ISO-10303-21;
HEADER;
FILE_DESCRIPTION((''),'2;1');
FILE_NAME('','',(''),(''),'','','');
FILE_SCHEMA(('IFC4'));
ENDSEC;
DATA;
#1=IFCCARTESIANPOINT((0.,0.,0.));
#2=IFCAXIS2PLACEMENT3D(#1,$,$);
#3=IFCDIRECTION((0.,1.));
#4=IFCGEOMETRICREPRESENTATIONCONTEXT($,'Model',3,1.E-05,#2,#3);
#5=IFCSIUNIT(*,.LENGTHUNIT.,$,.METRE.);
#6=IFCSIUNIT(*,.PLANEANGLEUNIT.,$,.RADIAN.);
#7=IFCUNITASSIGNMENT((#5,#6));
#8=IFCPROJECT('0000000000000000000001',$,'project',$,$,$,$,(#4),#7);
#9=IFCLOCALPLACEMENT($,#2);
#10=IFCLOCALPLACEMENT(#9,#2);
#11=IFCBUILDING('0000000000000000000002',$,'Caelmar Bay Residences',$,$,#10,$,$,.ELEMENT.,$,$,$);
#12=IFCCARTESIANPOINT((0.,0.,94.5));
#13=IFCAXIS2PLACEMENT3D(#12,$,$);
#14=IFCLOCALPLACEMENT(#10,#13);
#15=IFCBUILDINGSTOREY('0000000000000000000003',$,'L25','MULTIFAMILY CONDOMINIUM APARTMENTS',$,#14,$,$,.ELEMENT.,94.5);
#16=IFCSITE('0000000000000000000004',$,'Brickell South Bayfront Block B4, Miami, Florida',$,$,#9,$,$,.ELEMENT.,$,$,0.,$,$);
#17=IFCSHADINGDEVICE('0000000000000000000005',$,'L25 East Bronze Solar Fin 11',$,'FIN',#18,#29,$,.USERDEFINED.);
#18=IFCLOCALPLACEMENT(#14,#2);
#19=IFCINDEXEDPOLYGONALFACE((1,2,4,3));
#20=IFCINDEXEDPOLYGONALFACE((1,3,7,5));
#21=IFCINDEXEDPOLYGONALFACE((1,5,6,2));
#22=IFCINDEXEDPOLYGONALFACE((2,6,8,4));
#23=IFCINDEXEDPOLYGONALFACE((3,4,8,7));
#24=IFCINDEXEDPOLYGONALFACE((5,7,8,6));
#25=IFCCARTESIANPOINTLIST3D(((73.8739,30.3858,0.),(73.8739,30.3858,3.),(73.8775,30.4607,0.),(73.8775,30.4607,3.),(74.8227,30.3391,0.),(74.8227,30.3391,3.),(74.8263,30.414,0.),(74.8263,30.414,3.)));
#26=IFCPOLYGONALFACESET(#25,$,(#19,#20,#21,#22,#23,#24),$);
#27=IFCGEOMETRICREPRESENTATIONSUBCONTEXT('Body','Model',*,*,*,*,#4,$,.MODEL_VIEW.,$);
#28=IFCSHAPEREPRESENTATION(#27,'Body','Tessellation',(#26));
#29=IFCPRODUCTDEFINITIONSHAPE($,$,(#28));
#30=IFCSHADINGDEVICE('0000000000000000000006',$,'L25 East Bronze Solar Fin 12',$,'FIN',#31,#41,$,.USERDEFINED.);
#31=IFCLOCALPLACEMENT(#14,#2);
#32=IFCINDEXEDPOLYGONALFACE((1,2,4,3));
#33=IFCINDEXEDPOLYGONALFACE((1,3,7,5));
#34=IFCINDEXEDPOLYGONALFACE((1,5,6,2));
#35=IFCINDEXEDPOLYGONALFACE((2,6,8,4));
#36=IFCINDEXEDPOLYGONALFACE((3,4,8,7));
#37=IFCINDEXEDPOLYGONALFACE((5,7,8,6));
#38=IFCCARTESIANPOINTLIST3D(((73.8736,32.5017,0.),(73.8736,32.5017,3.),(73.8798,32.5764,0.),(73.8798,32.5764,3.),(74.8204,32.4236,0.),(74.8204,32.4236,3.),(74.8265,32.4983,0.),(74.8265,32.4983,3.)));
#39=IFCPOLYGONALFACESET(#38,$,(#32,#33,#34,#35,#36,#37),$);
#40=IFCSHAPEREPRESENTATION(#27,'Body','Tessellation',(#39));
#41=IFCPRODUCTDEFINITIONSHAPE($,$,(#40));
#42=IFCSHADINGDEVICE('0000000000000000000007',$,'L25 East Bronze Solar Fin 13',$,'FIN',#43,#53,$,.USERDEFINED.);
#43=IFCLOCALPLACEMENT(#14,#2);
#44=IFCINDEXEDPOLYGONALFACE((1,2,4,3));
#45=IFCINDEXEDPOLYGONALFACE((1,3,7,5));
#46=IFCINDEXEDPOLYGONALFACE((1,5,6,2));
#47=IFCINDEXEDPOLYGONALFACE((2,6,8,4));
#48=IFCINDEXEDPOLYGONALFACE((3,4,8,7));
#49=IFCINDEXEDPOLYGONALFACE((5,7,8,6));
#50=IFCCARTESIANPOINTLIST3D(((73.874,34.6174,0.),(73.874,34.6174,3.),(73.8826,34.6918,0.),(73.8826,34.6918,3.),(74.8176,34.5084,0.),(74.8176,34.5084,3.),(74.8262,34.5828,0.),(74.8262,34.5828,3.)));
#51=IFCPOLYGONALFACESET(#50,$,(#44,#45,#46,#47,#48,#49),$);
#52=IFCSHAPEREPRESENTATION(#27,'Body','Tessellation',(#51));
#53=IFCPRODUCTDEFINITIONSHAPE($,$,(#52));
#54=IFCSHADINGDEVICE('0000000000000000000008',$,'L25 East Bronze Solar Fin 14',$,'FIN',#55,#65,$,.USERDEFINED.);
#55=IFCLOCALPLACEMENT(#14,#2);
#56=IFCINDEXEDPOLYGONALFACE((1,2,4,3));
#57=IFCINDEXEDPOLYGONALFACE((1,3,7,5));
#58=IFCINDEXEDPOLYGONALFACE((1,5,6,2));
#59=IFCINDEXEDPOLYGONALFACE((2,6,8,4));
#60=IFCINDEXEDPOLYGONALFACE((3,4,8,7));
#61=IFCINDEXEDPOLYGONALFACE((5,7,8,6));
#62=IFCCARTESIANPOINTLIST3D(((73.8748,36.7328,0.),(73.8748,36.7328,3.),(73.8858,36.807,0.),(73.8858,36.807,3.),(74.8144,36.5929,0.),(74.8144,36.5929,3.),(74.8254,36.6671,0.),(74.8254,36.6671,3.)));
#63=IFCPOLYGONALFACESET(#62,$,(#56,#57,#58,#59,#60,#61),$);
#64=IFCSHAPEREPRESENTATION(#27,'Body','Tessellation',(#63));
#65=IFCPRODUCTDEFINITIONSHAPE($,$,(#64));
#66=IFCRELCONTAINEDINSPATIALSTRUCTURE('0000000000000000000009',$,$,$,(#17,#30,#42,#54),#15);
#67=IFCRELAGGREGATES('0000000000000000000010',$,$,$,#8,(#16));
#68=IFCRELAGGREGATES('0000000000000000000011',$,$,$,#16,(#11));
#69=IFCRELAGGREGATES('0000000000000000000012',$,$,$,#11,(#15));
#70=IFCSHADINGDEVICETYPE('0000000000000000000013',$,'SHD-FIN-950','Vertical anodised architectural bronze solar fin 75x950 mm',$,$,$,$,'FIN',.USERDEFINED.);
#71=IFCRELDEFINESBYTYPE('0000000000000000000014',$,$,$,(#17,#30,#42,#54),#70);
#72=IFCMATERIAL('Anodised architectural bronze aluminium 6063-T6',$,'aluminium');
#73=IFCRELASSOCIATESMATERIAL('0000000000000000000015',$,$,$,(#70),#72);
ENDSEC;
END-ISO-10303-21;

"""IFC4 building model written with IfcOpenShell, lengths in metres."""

from ifc_helpers import new_model, si_unit, direction, frame, origin, origin_2d, place, context, subcontext, project, spatial, rectangle, extrude, material, material_profile, profile_set, type_object, element, save


model = new_model("IFC4")

# Units and contexts
model_context = context("Model", 3, precision=1e-05, world=origin(), true_north=direction((0.0, 1.0)))
body_context = subcontext(model_context, "Body", "Model", "MODEL_VIEW")
ifc_project = project(units=[si_unit("LENGTHUNIT", "METRE"), si_unit("PLANEANGLEUNIT", "RADIAN")], contexts=[model_context])

# Site, building, storey
site_placement = place(None, origin())
site = spatial("IfcSite", under=ifc_project, at=site_placement, Name="Brickell South Bayfront Block B4, Miami, Florida", CompositionType="ELEMENT", RefElevation=0.0)
building_placement = place(site_placement, origin())
building = spatial("IfcBuilding", under=site, at=building_placement, Name="Caelmar Bay Residences", CompositionType="ELEMENT")
storey_placement = place(building_placement, frame((0.0, 0.0, 94.5)))
storey = spatial("IfcBuildingStorey", under=building, at=storey_placement, Name="L25", Description="MULTIFAMILY CONDOMINIUM APARTMENTS", CompositionType="ELEMENT", Elevation=94.5)

# Shading devices
ifc_material_1 = material(Name="Anodised architectural bronze aluminium 6063-T6", Category="aluminium")
ifc_material_profile_1 = material_profile(ifc_material_1, rectangle(XDim=0.075, YDim=0.95, at=origin_2d()), Name="BRONZE-FIN-75X950")
ifc_profile_set_1 = profile_set([ifc_material_profile_1], Name="Anodised architectural bronze aluminium 6063-T6")
shading_device_type = type_object("IfcShadingDeviceType", Name="SHD-FIN-950", Description="Vertical anodised architectural bronze solar fin 75x950 mm", ElementType="FIN", PredefinedType="USERDEFINED", material=ifc_profile_set_1)
for number, where, z_axis, x_axis, name in (
    (1, (74.3501, 30.3999, 0.0), (0.0, 0.0, 1.0), (0.049198, 0.998789, 0.0), "L25 East Bronze Solar Fin 11"),
    (2, (74.3501, 32.5, 0.0), (0.0, 0.0, 1.0), (0.082112, 0.996623, 0.0), "L25 East Bronze Solar Fin 12"),
    (3, (74.3501, 34.6001, 0.0), (0.0, 0.0, 1.0), (0.114764, 0.993393, 0.0), "L25 East Bronze Solar Fin 13"),
    (4, (74.3501, 36.7, 0.0), (0.0, 0.0, 1.0), (0.147292, 0.989093, 0.0), "L25 East Bronze Solar Fin 14"),
):
    element("IfcShadingDevice", number, at=place(storey_placement, frame(where, z_axis=z_axis, x_axis=x_axis)), inside=storey, type_object=shading_device_type, Name=name, ObjectType="FIN", PredefinedType="USERDEFINED", context=body_context, shape_type="SweptSolid", body=[
        extrude(rectangle(XDim=0.075, YDim=0.95, at=origin_2d()), origin(), (0.0, 0.0, 1.0), 3.0),
    ])

save(model, "model.ifc")
